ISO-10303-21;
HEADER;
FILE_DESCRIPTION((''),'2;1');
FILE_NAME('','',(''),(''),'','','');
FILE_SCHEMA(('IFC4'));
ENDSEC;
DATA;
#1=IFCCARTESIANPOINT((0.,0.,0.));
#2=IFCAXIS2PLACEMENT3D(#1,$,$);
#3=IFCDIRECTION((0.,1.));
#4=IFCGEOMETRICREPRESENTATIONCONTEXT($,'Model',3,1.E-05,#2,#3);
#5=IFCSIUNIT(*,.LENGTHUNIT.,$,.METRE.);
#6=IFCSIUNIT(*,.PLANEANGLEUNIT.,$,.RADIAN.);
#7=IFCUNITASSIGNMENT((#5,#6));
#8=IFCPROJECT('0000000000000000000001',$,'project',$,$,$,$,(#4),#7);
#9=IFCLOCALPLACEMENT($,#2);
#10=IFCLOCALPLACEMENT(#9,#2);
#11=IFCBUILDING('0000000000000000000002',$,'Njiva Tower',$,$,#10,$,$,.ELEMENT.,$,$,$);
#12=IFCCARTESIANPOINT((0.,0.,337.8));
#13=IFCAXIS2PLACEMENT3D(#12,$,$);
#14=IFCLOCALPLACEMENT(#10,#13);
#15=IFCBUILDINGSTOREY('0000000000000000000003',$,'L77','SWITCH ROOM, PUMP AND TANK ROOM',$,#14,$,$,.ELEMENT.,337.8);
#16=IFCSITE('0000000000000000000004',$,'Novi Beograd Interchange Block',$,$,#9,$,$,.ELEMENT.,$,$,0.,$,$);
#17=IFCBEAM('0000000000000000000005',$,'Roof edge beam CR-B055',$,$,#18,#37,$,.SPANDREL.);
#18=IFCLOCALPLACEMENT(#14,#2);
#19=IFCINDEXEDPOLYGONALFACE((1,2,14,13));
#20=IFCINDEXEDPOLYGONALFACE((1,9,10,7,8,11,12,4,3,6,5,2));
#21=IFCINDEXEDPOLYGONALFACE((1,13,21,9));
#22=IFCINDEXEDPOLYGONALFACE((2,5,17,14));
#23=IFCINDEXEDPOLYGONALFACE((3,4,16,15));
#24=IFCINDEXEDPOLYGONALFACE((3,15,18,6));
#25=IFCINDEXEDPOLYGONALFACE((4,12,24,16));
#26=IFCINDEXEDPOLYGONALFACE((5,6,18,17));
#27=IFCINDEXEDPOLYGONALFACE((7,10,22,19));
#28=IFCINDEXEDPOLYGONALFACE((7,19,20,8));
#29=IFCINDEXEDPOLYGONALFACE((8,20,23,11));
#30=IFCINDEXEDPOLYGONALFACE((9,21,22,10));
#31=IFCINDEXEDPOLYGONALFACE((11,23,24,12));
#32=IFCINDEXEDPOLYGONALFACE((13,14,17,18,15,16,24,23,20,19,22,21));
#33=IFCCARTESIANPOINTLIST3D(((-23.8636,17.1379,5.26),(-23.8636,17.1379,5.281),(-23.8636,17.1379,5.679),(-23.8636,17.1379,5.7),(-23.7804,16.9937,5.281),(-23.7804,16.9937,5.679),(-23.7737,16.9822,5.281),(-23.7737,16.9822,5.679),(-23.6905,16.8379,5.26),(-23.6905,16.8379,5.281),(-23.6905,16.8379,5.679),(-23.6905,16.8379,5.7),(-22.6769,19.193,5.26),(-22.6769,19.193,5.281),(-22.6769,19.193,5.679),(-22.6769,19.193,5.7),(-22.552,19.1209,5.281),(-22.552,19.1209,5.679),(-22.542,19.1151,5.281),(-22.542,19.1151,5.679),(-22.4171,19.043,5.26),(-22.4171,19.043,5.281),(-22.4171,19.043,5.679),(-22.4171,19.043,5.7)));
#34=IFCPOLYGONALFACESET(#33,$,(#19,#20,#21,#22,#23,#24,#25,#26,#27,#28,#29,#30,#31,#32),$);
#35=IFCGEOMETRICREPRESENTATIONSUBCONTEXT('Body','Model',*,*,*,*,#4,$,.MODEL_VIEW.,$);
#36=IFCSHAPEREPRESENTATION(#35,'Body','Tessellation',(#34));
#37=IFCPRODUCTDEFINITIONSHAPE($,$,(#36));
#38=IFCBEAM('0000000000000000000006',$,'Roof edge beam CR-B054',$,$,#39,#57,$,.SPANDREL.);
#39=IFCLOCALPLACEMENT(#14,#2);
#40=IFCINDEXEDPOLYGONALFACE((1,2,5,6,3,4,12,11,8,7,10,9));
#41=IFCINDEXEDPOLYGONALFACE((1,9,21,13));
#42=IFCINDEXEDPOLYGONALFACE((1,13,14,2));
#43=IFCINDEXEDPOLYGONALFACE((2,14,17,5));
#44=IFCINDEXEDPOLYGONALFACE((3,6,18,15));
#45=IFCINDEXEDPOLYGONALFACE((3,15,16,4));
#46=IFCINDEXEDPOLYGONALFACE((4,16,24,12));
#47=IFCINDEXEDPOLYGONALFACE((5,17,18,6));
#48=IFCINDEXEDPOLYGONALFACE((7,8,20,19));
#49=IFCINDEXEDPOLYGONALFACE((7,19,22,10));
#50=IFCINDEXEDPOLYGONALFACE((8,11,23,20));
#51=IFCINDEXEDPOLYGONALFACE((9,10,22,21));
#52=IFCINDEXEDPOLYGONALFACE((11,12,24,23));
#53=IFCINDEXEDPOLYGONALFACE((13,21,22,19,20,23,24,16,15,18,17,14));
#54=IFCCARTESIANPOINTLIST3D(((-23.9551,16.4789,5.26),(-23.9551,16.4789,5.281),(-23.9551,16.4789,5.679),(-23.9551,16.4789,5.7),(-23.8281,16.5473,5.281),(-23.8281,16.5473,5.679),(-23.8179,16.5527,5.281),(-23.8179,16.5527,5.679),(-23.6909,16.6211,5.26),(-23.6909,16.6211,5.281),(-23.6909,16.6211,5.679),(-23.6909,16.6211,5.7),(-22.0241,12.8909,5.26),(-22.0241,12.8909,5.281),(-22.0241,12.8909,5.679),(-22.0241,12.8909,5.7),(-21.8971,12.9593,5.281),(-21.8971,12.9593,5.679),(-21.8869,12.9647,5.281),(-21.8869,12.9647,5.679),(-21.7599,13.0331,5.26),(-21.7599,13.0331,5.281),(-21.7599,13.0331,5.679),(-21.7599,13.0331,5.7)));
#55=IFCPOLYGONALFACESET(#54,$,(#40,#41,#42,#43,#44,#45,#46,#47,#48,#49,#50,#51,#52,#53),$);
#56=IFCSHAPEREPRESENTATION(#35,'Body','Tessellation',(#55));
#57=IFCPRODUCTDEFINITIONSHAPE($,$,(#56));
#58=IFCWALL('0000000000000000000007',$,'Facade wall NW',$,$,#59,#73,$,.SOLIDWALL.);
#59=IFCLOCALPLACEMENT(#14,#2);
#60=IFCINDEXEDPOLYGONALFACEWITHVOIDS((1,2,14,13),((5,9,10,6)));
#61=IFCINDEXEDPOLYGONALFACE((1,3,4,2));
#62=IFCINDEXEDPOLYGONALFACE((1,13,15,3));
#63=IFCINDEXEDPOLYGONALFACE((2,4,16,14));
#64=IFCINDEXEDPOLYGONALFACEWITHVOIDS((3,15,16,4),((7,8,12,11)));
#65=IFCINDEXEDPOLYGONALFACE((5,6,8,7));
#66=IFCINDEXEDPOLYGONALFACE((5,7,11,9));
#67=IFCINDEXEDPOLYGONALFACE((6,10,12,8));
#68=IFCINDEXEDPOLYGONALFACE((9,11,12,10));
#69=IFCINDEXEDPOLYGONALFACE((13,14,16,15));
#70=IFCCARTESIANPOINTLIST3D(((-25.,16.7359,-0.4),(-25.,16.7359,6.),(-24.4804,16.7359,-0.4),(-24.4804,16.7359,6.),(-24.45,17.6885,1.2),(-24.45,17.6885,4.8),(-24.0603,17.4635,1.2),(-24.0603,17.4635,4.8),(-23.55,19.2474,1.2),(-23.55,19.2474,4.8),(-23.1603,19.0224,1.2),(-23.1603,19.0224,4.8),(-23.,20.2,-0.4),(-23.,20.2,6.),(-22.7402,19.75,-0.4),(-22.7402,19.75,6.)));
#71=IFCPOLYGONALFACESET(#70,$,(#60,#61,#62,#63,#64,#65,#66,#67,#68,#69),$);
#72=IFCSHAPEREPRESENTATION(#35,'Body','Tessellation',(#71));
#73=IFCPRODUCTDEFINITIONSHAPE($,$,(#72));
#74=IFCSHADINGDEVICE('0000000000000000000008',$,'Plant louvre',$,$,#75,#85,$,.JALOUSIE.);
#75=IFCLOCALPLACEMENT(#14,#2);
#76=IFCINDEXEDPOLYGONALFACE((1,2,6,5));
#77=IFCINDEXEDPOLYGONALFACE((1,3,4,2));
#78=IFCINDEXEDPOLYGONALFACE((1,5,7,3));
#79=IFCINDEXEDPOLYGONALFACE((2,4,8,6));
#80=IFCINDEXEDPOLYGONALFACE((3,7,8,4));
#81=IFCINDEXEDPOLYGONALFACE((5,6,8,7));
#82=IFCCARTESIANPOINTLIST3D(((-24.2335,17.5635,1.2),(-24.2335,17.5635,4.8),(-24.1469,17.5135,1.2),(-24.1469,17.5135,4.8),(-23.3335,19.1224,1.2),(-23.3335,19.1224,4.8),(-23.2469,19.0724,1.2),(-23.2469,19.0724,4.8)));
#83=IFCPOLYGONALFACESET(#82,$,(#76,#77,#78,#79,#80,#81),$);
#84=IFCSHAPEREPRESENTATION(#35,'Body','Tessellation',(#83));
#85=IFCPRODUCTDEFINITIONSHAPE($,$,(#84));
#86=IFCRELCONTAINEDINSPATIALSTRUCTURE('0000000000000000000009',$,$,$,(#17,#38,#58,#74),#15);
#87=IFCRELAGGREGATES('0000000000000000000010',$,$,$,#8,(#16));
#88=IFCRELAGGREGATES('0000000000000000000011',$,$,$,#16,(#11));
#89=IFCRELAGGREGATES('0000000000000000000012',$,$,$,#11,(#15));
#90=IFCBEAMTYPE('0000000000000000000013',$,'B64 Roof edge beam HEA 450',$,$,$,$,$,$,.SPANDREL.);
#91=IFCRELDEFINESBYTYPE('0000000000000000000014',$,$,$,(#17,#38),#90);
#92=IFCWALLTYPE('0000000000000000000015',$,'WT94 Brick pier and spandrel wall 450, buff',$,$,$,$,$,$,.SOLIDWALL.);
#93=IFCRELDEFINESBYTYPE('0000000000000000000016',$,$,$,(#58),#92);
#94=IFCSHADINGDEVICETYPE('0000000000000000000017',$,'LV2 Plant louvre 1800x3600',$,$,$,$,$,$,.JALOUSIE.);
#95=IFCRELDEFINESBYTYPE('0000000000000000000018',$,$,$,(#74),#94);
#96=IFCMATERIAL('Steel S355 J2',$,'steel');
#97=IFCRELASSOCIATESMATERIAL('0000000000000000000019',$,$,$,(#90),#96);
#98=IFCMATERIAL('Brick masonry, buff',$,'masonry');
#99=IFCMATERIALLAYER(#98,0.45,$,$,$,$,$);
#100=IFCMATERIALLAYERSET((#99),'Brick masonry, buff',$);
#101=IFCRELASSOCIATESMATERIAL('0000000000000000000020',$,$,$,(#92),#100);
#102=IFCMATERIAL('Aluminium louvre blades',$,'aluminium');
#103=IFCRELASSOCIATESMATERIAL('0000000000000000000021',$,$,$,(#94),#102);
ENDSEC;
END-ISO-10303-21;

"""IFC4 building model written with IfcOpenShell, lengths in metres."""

from ifc_helpers import new_model, si_unit, direction, frame, frame_2d, origin, origin_2d, place, context, subcontext, project, spatial, polyline, rectangle, i_section, outline, extrude, clip, halfspace, material, layer, layer_set, material_profile, profile_set, type_object, element, fill, save


model = new_model("IFC4")

# Units and contexts
model_context = context("Model", 3, precision=1e-05, world=origin(), true_north=direction((0.0, 1.0)))
body_context = subcontext(model_context, "Body", "Model", "MODEL_VIEW")
ifc_project = project(units=[si_unit("LENGTHUNIT", "METRE"), si_unit("PLANEANGLEUNIT", "RADIAN")], contexts=[model_context])

# Site, building, storey
site_placement = place(None, origin())
site = spatial("IfcSite", under=ifc_project, at=site_placement, Name="Novi Beograd Interchange Block", CompositionType="ELEMENT", RefElevation=0.0)
building_placement = place(site_placement, origin())
building = spatial("IfcBuilding", under=site, at=building_placement, Name="Njiva Tower", CompositionType="ELEMENT")
storey_placement = place(building_placement, frame((0.0, 0.0, 337.8)))
storey = spatial("IfcBuildingStorey", under=building, at=storey_placement, Name="L77", Description="SWITCH ROOM, PUMP AND TANK ROOM", CompositionType="ELEMENT", Elevation=337.8)

# Shared definitions
ifc_material_1 = material(Name="Steel S355 J2", Category="steel")

# Beams
ifc_material_profile_1 = material_profile(ifc_material_1, i_section(OverallWidth=0.3, OverallDepth=0.44, WebThickness=0.0115, FlangeThickness=0.021, at=origin_2d()), Name="HEA 450")
ifc_profile_set_1 = profile_set([ifc_material_profile_1], Name="Steel S355 J2")
beam_type_1 = type_object("IfcBeamType", Name="B64 Roof edge beam HEA 450", PredefinedType="SPANDREL", material=ifc_profile_set_1)
beam_1_placement = place(storey_placement, frame((-22.547, 19.118, 5.48), z_axis=(-0.500074, -0.865982, 0.0), x_axis=(0.865982, -0.500074, 0.0)))
element("IfcBeam", 1, at=beam_1_placement, inside=storey, type_object=beam_type_1, Name="Roof edge beam CR-B055", PredefinedType="SPANDREL", context=body_context, shape_type="Clipping", body=[
    clip(extrude(i_section(OverallWidth=0.3, OverallDepth=0.44, WebThickness=0.0115, FlangeThickness=0.021, at=origin_2d()), origin(), (0.0, 0.0, 1.0), 2.5666), halfspace(frame((-0.025, 0.0, 2.4453), z_axis=(-0.499928, 0.0, 0.866067), x_axis=(0.0, 1.0, 0.0)), False)),
])
beam_2_placement = place(storey_placement, frame((-23.823, 16.55, 5.48), z_axis=(0.47391, -0.880574, 0.0), x_axis=(0.880574, 0.47391, 0.0)))
element("IfcBeam", 2, at=beam_2_placement, inside=storey, type_object=beam_type_1, Name="Roof edge beam CR-B054", PredefinedType="SPANDREL", context=body_context, shape_type="SweptSolid", body=[
    extrude(i_section(OverallWidth=0.3, OverallDepth=0.44, WebThickness=0.0115, FlangeThickness=0.021, at=origin_2d()), origin(), (0.0, 0.0, 1.0), 4.0746),
])

# Shared definitions
ifc_material_2 = material(Name="Aluminium louvre blades", Category="aluminium")

# Wall, opening, shading device
ifc_material_3 = material(Name="Brick masonry, buff", Category="masonry")
ifc_layer_1 = layer(ifc_material_3, 0.45)
ifc_layer_set_1 = layer_set([ifc_layer_1], Name="Brick masonry, buff")
wall_type_1 = type_object("IfcWallType", Name="WT94 Brick pier and spandrel wall 450, buff", PredefinedType="SOLIDWALL", material=ifc_layer_set_1)
wall_1_placement = place(storey_placement, frame((-22.8701, 19.975, -0.4), z_axis=(0.0, 0.0, 1.0), x_axis=(-0.500001, -0.866025, 0.0)))
wall_1 = element("IfcWall", 3, at=wall_1_placement, inside=storey, type_object=wall_type_1, Name="Facade wall NW", PredefinedType="SOLIDWALL", context=body_context, shape_type="SweptSolid", body=[
    extrude(outline(polyline([(-0.1299, -0.225), (3.8701, -0.225), (3.6103, 0.225), (0.1299, 0.225), (-0.1299, -0.225)])), origin(), (0.0, 0.0, 1.0), 6.4),
])
opening_1_placement = place(wall_1_placement, frame((0.9701, 0.0, 1.6)))
opening_1 = element("IfcOpeningElement", 4, at=opening_1_placement, cuts=wall_1, PredefinedType="OPENING", context=body_context, shape_type="SweptSolid", body=[
    extrude(rectangle(XDim=1.8, YDim=3.6, at=frame_2d((0.9, 1.8))), frame((0.0, 0.235, 0.0), z_axis=(0.0, -1.0, 0.0), x_axis=(1.0, 0.0, 0.0)), (0.0, 0.0, 1.0), 0.47),
])
shading_device_type_1 = type_object("IfcShadingDeviceType", Name="LV2 Plant louvre 1800x3600", PredefinedType="JALOUSIE", material=ifc_material_2)
shading_device_1_placement = place(opening_1_placement, origin())
shading_device_1 = element("IfcShadingDevice", 5, at=shading_device_1_placement, inside=storey, type_object=shading_device_type_1, Name="Plant louvre", PredefinedType="JALOUSIE", context=body_context, shape_type="SweptSolid", body=[
    extrude(rectangle(XDim=1.8, YDim=3.6, at=frame_2d((0.9, 1.8))), frame((0.0, 0.125, 0.0), z_axis=(0.0, -1.0, 0.0), x_axis=(1.0, 0.0, 0.0)), (0.0, 0.0, 1.0), 0.1),
])
fill(opening_1, shading_device_1)

save(model, "model.ifc")
